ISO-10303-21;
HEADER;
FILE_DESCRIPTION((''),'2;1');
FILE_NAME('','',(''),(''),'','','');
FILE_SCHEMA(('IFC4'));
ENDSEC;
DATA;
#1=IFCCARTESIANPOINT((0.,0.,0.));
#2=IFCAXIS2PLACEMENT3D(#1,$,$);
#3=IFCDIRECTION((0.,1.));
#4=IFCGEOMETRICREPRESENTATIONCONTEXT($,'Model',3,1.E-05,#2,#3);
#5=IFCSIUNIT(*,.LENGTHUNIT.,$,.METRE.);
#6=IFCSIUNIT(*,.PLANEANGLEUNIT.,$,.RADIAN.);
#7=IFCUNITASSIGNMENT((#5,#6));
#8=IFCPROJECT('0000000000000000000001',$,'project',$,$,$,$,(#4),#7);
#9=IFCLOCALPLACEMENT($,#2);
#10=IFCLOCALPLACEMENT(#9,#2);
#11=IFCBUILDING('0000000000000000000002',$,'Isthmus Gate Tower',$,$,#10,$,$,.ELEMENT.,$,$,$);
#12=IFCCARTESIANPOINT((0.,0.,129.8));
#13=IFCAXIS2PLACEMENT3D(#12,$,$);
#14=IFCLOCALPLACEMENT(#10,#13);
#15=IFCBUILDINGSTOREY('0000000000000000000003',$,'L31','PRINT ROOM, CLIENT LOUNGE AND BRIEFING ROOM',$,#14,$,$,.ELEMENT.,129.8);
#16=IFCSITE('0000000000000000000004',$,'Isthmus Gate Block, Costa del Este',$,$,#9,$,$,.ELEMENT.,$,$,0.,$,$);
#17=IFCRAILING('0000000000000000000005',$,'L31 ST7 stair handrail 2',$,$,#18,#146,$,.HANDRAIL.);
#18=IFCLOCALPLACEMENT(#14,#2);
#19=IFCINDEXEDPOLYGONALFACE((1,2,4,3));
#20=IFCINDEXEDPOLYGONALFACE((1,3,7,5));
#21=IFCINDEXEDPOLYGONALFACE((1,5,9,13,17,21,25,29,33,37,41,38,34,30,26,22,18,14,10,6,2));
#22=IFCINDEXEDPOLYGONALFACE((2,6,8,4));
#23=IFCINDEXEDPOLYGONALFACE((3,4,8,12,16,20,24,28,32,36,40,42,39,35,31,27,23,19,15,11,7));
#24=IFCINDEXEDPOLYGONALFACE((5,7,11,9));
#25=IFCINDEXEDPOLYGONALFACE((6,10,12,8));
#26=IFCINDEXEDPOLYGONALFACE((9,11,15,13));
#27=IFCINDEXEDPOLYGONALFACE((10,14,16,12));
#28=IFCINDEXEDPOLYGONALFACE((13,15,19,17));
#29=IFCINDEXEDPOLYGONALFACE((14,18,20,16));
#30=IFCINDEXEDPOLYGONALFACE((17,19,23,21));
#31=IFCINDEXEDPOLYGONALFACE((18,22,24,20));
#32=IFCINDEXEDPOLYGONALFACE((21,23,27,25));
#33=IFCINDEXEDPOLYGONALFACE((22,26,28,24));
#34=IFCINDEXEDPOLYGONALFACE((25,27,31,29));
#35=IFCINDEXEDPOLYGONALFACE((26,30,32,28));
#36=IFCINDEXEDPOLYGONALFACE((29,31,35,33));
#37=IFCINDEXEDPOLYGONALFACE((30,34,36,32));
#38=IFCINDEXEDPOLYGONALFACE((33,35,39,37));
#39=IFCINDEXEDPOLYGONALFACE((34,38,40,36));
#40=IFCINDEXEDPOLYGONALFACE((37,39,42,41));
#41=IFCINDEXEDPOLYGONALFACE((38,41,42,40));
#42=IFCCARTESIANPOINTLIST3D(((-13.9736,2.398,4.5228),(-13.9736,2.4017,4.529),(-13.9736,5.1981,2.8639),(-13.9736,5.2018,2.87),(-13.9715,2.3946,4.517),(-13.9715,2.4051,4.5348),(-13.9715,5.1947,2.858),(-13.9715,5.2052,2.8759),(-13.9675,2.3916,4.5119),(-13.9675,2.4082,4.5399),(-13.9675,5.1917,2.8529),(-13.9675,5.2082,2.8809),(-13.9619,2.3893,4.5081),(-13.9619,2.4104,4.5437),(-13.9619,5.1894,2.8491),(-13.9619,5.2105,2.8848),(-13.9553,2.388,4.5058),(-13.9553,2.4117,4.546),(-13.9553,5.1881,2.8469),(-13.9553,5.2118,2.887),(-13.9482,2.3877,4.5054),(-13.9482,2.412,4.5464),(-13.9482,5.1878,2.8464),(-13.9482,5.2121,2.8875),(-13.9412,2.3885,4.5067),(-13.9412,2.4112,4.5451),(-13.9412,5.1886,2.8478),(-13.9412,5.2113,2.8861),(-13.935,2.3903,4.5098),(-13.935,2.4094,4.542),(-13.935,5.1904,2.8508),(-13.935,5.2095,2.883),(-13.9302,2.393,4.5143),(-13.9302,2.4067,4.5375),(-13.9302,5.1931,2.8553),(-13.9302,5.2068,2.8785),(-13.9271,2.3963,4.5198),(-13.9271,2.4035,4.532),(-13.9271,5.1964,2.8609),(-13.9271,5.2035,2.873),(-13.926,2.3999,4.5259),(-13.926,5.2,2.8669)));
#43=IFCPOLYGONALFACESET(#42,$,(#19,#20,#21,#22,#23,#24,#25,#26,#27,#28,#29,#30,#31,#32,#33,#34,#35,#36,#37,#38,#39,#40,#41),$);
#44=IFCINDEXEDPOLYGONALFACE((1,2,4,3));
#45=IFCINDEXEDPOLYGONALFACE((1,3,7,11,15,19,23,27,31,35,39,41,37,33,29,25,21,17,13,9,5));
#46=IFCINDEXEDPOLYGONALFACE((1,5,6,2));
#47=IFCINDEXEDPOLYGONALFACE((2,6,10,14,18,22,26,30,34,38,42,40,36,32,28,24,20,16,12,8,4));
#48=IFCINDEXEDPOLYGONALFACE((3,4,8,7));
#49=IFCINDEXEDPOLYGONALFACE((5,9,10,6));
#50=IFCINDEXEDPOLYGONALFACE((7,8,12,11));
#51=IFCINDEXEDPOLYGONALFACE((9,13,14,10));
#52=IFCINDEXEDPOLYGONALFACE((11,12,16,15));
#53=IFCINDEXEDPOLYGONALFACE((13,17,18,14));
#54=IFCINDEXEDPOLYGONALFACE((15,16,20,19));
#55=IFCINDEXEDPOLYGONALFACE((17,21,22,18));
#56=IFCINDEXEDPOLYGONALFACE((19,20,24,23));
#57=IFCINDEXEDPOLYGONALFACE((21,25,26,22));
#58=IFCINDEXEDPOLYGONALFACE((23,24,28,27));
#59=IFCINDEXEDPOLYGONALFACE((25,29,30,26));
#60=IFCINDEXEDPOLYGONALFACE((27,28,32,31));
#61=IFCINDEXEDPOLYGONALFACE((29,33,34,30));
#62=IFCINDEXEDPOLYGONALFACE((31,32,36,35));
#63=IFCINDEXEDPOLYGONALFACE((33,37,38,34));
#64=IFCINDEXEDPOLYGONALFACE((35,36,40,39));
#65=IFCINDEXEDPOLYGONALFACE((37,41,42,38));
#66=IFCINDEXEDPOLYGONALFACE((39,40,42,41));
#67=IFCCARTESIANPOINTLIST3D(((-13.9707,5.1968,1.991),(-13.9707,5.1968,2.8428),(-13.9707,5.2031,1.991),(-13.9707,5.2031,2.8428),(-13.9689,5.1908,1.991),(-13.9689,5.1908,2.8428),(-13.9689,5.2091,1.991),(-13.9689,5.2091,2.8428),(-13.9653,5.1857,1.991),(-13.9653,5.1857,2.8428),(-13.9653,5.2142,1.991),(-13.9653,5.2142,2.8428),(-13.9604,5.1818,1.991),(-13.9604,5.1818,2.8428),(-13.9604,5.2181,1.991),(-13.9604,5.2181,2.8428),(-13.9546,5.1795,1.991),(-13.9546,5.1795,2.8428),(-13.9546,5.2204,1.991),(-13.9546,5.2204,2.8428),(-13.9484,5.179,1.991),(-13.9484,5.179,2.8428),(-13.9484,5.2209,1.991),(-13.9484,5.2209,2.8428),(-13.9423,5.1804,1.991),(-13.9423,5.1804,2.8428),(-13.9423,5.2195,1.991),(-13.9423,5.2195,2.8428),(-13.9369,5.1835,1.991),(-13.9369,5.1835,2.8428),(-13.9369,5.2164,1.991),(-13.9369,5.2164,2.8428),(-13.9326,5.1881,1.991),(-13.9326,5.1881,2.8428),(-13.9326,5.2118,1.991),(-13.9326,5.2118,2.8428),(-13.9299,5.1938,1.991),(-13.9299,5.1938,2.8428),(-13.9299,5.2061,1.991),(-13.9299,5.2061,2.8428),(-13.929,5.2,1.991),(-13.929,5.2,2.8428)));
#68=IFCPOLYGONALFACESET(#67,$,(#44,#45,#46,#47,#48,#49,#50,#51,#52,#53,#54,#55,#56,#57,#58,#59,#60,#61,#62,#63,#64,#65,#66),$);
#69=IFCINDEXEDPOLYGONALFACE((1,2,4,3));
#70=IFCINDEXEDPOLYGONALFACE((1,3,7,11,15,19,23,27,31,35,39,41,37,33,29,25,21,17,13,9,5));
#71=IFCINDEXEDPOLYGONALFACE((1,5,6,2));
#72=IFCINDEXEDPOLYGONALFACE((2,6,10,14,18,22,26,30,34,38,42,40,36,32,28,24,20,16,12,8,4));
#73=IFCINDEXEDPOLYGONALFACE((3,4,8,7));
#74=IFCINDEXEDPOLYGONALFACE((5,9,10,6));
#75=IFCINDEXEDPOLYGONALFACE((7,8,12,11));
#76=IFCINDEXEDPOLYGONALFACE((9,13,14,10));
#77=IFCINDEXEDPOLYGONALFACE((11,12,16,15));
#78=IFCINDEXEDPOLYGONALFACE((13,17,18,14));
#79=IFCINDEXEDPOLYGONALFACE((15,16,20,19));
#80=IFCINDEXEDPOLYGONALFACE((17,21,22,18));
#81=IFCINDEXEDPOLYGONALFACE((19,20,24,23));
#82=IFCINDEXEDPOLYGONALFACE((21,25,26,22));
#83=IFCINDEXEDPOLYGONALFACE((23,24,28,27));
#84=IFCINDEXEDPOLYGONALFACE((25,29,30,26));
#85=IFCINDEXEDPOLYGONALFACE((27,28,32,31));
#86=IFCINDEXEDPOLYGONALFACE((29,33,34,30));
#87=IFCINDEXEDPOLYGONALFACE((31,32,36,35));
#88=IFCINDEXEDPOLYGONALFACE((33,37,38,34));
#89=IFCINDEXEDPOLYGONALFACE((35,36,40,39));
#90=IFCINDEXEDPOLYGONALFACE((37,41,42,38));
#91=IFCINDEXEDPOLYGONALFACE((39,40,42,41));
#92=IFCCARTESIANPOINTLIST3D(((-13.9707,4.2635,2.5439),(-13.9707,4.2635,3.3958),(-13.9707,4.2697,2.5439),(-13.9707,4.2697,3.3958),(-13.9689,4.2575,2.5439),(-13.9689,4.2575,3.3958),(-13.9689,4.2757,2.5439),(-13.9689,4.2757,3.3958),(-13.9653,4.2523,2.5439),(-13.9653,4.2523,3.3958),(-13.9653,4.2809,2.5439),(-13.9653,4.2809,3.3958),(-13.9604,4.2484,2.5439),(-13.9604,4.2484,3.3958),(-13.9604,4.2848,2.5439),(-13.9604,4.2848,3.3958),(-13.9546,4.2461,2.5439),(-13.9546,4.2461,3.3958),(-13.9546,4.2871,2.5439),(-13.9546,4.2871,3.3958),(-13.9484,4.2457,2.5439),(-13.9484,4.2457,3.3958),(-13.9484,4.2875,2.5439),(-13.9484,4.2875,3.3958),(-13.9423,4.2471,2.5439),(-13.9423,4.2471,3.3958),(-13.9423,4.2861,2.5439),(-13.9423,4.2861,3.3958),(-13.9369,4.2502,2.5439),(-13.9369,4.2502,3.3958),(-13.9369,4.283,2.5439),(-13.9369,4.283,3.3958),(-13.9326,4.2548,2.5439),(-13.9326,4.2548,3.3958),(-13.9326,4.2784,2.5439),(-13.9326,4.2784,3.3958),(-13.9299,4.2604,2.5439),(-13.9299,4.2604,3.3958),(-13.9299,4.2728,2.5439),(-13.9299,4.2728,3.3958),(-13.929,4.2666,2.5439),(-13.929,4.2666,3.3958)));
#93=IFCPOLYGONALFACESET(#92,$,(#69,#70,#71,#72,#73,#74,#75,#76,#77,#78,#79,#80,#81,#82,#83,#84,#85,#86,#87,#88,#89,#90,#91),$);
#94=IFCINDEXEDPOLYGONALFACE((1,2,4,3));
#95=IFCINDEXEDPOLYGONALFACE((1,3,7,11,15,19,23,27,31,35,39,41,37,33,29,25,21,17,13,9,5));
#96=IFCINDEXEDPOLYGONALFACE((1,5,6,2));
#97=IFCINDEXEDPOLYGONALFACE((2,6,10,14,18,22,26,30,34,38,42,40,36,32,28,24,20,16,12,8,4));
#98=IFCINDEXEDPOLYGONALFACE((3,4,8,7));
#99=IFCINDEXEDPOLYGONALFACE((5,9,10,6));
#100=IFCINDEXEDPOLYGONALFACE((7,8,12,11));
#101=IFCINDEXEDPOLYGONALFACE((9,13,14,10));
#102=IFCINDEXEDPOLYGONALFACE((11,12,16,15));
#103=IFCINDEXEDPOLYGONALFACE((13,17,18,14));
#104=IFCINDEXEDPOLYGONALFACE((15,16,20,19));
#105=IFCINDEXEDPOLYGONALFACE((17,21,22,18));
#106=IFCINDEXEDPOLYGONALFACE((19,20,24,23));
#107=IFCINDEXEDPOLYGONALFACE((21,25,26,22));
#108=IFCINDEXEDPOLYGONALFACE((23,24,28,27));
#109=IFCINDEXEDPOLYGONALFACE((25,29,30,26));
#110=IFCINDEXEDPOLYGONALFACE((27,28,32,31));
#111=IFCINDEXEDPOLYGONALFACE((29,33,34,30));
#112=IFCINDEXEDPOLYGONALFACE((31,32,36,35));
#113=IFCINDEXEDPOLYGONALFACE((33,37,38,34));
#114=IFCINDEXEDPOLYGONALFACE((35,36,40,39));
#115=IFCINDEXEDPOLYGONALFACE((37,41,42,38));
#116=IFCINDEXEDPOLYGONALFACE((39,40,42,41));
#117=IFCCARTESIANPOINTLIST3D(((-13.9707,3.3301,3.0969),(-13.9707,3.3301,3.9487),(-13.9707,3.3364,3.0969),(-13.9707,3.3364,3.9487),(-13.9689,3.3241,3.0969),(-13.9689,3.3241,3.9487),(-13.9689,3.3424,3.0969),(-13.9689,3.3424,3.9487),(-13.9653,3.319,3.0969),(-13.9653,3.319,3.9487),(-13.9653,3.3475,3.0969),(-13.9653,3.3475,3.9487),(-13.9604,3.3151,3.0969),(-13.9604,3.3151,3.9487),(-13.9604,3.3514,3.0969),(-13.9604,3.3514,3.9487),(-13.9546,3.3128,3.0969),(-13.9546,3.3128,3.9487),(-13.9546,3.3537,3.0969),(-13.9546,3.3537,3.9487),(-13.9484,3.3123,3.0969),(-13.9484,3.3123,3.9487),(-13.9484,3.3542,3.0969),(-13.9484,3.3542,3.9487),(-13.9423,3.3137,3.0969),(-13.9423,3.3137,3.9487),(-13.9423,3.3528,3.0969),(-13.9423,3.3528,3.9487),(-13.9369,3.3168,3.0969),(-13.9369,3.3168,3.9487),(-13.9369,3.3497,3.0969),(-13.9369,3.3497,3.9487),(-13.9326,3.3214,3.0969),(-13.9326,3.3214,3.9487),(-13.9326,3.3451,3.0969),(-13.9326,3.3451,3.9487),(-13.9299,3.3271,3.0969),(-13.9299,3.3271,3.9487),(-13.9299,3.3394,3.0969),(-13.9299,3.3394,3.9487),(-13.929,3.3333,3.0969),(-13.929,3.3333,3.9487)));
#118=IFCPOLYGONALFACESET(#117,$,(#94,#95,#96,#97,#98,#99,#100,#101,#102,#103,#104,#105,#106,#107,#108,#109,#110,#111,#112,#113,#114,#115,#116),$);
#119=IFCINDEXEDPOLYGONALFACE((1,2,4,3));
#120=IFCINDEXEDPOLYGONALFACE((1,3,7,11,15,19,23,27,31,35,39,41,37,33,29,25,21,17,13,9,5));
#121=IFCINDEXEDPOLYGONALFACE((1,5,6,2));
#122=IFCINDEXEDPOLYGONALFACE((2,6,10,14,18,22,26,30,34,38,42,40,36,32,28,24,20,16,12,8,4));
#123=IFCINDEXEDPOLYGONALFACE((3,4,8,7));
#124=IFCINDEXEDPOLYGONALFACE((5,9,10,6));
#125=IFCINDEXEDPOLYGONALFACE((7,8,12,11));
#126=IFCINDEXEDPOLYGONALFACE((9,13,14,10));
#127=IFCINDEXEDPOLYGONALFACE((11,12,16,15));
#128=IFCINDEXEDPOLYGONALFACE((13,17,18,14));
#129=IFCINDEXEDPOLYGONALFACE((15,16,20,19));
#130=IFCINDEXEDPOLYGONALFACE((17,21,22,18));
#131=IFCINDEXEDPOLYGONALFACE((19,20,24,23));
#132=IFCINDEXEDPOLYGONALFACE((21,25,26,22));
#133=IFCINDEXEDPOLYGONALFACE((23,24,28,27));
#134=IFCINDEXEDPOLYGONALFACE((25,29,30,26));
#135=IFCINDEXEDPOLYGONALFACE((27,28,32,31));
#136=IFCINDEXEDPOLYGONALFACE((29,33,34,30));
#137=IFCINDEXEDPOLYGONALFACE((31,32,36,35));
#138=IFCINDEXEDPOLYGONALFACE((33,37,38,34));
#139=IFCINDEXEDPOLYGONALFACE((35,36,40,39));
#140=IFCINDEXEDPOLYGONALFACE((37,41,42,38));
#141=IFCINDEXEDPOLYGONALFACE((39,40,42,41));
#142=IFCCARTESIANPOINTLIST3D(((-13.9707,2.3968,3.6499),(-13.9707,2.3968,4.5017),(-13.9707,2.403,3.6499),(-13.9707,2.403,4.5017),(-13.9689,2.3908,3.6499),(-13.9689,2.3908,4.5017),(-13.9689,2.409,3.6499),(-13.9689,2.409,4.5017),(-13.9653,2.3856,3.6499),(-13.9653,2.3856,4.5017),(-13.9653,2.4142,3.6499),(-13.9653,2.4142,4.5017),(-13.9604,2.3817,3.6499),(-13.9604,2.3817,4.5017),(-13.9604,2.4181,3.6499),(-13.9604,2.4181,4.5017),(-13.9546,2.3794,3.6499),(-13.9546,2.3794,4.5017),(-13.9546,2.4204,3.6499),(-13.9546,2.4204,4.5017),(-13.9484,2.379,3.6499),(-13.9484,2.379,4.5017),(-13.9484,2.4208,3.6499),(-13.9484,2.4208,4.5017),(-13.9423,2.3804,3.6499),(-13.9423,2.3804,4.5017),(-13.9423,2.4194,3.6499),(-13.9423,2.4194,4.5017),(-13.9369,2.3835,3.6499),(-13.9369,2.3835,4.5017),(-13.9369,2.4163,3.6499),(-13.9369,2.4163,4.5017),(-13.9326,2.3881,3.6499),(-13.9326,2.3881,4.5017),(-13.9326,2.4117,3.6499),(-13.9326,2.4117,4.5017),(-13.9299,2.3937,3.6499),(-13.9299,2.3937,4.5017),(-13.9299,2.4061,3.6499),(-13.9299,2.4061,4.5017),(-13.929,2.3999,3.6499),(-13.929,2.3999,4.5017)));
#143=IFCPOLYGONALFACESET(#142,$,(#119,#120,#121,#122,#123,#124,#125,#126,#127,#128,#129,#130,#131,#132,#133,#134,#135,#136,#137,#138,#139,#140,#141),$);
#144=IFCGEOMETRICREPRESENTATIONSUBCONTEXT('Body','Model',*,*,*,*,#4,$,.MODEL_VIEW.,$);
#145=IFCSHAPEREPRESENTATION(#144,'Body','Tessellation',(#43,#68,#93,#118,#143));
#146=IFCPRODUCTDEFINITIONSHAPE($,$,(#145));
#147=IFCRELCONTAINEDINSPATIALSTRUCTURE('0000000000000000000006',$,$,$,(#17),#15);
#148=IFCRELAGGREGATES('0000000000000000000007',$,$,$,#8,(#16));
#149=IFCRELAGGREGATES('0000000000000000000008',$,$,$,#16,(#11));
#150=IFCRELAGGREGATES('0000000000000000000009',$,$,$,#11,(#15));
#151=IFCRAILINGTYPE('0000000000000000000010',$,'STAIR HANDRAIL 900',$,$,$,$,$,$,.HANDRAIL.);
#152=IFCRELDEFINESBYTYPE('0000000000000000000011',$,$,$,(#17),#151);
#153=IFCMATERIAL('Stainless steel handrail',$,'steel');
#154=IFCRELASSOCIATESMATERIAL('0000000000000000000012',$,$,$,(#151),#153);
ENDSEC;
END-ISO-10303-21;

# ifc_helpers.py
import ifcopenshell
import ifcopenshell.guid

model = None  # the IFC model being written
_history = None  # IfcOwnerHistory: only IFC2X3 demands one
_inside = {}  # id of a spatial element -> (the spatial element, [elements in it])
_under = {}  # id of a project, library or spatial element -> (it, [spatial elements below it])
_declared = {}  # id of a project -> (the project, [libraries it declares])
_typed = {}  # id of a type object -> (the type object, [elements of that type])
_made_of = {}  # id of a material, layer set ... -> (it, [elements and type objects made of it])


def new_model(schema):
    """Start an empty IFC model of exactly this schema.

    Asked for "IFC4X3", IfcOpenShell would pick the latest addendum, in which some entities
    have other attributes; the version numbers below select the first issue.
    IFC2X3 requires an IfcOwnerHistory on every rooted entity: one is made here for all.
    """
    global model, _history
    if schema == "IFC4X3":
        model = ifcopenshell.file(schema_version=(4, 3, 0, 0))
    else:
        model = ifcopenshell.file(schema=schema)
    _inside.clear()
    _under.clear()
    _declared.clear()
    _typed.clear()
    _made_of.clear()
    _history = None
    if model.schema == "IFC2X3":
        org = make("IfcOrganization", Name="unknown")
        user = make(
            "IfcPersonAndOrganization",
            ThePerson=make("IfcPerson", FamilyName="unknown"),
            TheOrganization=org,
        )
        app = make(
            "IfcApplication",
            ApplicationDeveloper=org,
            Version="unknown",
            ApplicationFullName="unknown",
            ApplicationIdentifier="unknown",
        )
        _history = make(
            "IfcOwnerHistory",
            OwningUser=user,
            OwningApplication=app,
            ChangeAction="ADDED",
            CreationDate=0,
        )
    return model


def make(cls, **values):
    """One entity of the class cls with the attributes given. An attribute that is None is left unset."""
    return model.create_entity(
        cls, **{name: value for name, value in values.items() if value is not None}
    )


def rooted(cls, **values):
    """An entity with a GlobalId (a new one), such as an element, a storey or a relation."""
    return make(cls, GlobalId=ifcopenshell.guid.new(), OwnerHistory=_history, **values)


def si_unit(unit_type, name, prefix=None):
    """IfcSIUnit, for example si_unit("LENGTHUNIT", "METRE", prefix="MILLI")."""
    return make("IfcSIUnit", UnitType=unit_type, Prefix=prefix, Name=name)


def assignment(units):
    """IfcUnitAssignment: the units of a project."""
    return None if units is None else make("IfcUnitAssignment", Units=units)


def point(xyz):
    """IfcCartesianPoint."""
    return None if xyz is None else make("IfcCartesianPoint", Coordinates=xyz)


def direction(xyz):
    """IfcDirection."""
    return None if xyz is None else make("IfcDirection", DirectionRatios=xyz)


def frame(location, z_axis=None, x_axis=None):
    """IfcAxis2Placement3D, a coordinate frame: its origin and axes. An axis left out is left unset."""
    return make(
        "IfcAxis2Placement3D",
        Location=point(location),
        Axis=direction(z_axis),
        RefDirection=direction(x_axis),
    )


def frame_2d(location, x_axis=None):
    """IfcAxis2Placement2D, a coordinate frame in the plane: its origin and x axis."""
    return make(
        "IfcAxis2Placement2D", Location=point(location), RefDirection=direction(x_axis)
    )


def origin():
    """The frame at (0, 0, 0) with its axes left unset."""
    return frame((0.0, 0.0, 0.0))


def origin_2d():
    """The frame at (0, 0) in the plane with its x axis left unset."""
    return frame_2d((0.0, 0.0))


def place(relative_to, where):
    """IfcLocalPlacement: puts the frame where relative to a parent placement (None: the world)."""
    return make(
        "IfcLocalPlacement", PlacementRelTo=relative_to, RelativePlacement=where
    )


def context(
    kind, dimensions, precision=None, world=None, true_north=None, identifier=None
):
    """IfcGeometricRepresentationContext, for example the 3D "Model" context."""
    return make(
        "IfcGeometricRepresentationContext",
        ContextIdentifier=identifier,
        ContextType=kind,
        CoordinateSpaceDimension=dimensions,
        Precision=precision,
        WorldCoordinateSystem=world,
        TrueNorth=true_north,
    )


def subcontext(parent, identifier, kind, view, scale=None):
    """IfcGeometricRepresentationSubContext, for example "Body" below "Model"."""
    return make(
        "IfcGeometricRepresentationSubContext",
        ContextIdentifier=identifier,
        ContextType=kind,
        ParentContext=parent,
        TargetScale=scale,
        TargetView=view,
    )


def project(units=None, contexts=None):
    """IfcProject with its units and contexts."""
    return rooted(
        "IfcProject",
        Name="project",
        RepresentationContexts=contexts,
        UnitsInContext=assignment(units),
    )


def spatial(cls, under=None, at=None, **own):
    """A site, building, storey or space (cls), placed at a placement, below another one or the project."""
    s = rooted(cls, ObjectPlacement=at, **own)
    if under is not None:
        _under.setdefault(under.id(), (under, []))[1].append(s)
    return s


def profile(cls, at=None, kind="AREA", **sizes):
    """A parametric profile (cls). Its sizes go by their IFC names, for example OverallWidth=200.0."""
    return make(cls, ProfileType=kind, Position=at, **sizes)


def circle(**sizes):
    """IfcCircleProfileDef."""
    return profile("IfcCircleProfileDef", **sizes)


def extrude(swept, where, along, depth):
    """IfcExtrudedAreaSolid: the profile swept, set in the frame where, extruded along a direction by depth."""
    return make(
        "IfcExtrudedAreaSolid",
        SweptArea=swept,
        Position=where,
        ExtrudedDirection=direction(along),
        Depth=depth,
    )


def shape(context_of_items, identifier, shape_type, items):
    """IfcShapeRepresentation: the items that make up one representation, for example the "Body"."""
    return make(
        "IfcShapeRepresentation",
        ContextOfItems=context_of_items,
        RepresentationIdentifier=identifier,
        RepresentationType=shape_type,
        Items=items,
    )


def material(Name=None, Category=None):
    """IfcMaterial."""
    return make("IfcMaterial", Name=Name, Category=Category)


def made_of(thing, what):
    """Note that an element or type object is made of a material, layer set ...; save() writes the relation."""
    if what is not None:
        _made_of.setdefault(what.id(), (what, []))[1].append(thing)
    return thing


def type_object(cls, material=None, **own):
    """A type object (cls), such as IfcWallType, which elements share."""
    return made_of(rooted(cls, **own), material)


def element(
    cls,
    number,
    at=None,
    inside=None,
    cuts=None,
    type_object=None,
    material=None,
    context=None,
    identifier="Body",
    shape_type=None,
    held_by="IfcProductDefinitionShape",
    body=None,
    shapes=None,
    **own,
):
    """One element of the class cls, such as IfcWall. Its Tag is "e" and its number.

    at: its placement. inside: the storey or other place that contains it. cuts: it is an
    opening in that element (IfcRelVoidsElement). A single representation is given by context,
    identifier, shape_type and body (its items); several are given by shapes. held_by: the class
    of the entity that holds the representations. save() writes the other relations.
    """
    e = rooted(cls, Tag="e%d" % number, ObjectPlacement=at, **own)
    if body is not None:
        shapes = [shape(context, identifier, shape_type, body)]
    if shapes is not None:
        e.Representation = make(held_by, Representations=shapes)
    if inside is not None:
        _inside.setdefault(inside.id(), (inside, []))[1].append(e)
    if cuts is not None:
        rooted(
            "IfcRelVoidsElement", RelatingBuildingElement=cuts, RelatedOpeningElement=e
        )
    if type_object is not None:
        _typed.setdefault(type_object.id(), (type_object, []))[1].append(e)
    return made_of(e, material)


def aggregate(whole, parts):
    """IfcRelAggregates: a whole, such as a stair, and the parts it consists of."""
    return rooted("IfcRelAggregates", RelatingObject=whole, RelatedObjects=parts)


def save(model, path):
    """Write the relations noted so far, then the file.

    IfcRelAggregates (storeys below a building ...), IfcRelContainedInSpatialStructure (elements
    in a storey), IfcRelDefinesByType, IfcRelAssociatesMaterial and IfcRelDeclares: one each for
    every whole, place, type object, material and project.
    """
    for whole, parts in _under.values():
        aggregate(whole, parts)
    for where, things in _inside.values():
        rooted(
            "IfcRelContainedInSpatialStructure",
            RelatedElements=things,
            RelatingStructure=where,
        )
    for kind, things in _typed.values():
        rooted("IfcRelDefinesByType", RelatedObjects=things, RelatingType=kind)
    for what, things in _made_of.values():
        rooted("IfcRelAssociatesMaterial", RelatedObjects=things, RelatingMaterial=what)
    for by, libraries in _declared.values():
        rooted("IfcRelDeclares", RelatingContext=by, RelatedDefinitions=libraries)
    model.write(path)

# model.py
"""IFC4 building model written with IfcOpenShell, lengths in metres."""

from ifc_helpers import new_model, si_unit, direction, frame, origin, origin_2d, place, context, subcontext, project, spatial, circle, extrude, material, type_object, element, save


model = new_model("IFC4")

# Units and contexts
model_context = context("Model", 3, precision=1e-05, world=origin(), true_north=direction((0.0, 1.0)))
body_context = subcontext(model_context, "Body", "Model", "MODEL_VIEW")
ifc_project = project(units=[si_unit("LENGTHUNIT", "METRE"), si_unit("PLANEANGLEUNIT", "RADIAN")], contexts=[model_context])

# Site, building, storey
site_placement = place(None, origin())
site = spatial("IfcSite", under=ifc_project, at=site_placement, Name="Isthmus Gate Block, Costa del Este", CompositionType="ELEMENT", RefElevation=0.0)
building_placement = place(site_placement, origin())
building = spatial("IfcBuilding", under=site, at=building_placement, Name="Isthmus Gate Tower", CompositionType="ELEMENT")
storey_placement = place(building_placement, frame((0.0, 0.0, 129.8)))
storey = spatial("IfcBuildingStorey", under=building, at=storey_placement, Name="L31", Description="PRINT ROOM, CLIENT LOUNGE AND BRIEFING ROOM", CompositionType="ELEMENT", Elevation=129.8)

# Railing
ifc_material_1 = material(Name="Stainless steel handrail", Category="steel")
railing_type_1 = type_object("IfcRailingType", Name="STAIR HANDRAIL 900", PredefinedType="HANDRAIL", material=ifc_material_1)
railing_1_placement = place(storey_placement, frame((-13.95, 5.2, 1.991)))
element("IfcRailing", 1, at=railing_1_placement, inside=storey, type_object=railing_type_1, Name="L31 ST7 stair handrail 2", PredefinedType="HANDRAIL", context=body_context, shape_type="SweptSolid", body=[
    extrude(circle(Radius=0.0239, at=origin_2d()), frame((0.0, 0.0, 0.876), z_axis=(0.0, -0.860339, 0.509722), x_axis=(1.0, 0.0, 0.0)), (0.0, 0.0, 1.0), 3.2546),
    extrude(circle(Radius=0.021, at=origin_2d()), origin(), (0.0, 0.0, 1.0), 0.8518),
    extrude(circle(Radius=0.021, at=origin_2d()), frame((0.0, -0.9333, 0.553)), (0.0, 0.0, 1.0), 0.8518),
    extrude(circle(Radius=0.021, at=origin_2d()), frame((0.0, -1.8667, 1.106)), (0.0, 0.0, 1.0), 0.8518),
    extrude(circle(Radius=0.021, at=origin_2d()), frame((0.0, -2.8, 1.6589)), (0.0, 0.0, 1.0), 0.8518),
])

save(model, "model.ifc")
